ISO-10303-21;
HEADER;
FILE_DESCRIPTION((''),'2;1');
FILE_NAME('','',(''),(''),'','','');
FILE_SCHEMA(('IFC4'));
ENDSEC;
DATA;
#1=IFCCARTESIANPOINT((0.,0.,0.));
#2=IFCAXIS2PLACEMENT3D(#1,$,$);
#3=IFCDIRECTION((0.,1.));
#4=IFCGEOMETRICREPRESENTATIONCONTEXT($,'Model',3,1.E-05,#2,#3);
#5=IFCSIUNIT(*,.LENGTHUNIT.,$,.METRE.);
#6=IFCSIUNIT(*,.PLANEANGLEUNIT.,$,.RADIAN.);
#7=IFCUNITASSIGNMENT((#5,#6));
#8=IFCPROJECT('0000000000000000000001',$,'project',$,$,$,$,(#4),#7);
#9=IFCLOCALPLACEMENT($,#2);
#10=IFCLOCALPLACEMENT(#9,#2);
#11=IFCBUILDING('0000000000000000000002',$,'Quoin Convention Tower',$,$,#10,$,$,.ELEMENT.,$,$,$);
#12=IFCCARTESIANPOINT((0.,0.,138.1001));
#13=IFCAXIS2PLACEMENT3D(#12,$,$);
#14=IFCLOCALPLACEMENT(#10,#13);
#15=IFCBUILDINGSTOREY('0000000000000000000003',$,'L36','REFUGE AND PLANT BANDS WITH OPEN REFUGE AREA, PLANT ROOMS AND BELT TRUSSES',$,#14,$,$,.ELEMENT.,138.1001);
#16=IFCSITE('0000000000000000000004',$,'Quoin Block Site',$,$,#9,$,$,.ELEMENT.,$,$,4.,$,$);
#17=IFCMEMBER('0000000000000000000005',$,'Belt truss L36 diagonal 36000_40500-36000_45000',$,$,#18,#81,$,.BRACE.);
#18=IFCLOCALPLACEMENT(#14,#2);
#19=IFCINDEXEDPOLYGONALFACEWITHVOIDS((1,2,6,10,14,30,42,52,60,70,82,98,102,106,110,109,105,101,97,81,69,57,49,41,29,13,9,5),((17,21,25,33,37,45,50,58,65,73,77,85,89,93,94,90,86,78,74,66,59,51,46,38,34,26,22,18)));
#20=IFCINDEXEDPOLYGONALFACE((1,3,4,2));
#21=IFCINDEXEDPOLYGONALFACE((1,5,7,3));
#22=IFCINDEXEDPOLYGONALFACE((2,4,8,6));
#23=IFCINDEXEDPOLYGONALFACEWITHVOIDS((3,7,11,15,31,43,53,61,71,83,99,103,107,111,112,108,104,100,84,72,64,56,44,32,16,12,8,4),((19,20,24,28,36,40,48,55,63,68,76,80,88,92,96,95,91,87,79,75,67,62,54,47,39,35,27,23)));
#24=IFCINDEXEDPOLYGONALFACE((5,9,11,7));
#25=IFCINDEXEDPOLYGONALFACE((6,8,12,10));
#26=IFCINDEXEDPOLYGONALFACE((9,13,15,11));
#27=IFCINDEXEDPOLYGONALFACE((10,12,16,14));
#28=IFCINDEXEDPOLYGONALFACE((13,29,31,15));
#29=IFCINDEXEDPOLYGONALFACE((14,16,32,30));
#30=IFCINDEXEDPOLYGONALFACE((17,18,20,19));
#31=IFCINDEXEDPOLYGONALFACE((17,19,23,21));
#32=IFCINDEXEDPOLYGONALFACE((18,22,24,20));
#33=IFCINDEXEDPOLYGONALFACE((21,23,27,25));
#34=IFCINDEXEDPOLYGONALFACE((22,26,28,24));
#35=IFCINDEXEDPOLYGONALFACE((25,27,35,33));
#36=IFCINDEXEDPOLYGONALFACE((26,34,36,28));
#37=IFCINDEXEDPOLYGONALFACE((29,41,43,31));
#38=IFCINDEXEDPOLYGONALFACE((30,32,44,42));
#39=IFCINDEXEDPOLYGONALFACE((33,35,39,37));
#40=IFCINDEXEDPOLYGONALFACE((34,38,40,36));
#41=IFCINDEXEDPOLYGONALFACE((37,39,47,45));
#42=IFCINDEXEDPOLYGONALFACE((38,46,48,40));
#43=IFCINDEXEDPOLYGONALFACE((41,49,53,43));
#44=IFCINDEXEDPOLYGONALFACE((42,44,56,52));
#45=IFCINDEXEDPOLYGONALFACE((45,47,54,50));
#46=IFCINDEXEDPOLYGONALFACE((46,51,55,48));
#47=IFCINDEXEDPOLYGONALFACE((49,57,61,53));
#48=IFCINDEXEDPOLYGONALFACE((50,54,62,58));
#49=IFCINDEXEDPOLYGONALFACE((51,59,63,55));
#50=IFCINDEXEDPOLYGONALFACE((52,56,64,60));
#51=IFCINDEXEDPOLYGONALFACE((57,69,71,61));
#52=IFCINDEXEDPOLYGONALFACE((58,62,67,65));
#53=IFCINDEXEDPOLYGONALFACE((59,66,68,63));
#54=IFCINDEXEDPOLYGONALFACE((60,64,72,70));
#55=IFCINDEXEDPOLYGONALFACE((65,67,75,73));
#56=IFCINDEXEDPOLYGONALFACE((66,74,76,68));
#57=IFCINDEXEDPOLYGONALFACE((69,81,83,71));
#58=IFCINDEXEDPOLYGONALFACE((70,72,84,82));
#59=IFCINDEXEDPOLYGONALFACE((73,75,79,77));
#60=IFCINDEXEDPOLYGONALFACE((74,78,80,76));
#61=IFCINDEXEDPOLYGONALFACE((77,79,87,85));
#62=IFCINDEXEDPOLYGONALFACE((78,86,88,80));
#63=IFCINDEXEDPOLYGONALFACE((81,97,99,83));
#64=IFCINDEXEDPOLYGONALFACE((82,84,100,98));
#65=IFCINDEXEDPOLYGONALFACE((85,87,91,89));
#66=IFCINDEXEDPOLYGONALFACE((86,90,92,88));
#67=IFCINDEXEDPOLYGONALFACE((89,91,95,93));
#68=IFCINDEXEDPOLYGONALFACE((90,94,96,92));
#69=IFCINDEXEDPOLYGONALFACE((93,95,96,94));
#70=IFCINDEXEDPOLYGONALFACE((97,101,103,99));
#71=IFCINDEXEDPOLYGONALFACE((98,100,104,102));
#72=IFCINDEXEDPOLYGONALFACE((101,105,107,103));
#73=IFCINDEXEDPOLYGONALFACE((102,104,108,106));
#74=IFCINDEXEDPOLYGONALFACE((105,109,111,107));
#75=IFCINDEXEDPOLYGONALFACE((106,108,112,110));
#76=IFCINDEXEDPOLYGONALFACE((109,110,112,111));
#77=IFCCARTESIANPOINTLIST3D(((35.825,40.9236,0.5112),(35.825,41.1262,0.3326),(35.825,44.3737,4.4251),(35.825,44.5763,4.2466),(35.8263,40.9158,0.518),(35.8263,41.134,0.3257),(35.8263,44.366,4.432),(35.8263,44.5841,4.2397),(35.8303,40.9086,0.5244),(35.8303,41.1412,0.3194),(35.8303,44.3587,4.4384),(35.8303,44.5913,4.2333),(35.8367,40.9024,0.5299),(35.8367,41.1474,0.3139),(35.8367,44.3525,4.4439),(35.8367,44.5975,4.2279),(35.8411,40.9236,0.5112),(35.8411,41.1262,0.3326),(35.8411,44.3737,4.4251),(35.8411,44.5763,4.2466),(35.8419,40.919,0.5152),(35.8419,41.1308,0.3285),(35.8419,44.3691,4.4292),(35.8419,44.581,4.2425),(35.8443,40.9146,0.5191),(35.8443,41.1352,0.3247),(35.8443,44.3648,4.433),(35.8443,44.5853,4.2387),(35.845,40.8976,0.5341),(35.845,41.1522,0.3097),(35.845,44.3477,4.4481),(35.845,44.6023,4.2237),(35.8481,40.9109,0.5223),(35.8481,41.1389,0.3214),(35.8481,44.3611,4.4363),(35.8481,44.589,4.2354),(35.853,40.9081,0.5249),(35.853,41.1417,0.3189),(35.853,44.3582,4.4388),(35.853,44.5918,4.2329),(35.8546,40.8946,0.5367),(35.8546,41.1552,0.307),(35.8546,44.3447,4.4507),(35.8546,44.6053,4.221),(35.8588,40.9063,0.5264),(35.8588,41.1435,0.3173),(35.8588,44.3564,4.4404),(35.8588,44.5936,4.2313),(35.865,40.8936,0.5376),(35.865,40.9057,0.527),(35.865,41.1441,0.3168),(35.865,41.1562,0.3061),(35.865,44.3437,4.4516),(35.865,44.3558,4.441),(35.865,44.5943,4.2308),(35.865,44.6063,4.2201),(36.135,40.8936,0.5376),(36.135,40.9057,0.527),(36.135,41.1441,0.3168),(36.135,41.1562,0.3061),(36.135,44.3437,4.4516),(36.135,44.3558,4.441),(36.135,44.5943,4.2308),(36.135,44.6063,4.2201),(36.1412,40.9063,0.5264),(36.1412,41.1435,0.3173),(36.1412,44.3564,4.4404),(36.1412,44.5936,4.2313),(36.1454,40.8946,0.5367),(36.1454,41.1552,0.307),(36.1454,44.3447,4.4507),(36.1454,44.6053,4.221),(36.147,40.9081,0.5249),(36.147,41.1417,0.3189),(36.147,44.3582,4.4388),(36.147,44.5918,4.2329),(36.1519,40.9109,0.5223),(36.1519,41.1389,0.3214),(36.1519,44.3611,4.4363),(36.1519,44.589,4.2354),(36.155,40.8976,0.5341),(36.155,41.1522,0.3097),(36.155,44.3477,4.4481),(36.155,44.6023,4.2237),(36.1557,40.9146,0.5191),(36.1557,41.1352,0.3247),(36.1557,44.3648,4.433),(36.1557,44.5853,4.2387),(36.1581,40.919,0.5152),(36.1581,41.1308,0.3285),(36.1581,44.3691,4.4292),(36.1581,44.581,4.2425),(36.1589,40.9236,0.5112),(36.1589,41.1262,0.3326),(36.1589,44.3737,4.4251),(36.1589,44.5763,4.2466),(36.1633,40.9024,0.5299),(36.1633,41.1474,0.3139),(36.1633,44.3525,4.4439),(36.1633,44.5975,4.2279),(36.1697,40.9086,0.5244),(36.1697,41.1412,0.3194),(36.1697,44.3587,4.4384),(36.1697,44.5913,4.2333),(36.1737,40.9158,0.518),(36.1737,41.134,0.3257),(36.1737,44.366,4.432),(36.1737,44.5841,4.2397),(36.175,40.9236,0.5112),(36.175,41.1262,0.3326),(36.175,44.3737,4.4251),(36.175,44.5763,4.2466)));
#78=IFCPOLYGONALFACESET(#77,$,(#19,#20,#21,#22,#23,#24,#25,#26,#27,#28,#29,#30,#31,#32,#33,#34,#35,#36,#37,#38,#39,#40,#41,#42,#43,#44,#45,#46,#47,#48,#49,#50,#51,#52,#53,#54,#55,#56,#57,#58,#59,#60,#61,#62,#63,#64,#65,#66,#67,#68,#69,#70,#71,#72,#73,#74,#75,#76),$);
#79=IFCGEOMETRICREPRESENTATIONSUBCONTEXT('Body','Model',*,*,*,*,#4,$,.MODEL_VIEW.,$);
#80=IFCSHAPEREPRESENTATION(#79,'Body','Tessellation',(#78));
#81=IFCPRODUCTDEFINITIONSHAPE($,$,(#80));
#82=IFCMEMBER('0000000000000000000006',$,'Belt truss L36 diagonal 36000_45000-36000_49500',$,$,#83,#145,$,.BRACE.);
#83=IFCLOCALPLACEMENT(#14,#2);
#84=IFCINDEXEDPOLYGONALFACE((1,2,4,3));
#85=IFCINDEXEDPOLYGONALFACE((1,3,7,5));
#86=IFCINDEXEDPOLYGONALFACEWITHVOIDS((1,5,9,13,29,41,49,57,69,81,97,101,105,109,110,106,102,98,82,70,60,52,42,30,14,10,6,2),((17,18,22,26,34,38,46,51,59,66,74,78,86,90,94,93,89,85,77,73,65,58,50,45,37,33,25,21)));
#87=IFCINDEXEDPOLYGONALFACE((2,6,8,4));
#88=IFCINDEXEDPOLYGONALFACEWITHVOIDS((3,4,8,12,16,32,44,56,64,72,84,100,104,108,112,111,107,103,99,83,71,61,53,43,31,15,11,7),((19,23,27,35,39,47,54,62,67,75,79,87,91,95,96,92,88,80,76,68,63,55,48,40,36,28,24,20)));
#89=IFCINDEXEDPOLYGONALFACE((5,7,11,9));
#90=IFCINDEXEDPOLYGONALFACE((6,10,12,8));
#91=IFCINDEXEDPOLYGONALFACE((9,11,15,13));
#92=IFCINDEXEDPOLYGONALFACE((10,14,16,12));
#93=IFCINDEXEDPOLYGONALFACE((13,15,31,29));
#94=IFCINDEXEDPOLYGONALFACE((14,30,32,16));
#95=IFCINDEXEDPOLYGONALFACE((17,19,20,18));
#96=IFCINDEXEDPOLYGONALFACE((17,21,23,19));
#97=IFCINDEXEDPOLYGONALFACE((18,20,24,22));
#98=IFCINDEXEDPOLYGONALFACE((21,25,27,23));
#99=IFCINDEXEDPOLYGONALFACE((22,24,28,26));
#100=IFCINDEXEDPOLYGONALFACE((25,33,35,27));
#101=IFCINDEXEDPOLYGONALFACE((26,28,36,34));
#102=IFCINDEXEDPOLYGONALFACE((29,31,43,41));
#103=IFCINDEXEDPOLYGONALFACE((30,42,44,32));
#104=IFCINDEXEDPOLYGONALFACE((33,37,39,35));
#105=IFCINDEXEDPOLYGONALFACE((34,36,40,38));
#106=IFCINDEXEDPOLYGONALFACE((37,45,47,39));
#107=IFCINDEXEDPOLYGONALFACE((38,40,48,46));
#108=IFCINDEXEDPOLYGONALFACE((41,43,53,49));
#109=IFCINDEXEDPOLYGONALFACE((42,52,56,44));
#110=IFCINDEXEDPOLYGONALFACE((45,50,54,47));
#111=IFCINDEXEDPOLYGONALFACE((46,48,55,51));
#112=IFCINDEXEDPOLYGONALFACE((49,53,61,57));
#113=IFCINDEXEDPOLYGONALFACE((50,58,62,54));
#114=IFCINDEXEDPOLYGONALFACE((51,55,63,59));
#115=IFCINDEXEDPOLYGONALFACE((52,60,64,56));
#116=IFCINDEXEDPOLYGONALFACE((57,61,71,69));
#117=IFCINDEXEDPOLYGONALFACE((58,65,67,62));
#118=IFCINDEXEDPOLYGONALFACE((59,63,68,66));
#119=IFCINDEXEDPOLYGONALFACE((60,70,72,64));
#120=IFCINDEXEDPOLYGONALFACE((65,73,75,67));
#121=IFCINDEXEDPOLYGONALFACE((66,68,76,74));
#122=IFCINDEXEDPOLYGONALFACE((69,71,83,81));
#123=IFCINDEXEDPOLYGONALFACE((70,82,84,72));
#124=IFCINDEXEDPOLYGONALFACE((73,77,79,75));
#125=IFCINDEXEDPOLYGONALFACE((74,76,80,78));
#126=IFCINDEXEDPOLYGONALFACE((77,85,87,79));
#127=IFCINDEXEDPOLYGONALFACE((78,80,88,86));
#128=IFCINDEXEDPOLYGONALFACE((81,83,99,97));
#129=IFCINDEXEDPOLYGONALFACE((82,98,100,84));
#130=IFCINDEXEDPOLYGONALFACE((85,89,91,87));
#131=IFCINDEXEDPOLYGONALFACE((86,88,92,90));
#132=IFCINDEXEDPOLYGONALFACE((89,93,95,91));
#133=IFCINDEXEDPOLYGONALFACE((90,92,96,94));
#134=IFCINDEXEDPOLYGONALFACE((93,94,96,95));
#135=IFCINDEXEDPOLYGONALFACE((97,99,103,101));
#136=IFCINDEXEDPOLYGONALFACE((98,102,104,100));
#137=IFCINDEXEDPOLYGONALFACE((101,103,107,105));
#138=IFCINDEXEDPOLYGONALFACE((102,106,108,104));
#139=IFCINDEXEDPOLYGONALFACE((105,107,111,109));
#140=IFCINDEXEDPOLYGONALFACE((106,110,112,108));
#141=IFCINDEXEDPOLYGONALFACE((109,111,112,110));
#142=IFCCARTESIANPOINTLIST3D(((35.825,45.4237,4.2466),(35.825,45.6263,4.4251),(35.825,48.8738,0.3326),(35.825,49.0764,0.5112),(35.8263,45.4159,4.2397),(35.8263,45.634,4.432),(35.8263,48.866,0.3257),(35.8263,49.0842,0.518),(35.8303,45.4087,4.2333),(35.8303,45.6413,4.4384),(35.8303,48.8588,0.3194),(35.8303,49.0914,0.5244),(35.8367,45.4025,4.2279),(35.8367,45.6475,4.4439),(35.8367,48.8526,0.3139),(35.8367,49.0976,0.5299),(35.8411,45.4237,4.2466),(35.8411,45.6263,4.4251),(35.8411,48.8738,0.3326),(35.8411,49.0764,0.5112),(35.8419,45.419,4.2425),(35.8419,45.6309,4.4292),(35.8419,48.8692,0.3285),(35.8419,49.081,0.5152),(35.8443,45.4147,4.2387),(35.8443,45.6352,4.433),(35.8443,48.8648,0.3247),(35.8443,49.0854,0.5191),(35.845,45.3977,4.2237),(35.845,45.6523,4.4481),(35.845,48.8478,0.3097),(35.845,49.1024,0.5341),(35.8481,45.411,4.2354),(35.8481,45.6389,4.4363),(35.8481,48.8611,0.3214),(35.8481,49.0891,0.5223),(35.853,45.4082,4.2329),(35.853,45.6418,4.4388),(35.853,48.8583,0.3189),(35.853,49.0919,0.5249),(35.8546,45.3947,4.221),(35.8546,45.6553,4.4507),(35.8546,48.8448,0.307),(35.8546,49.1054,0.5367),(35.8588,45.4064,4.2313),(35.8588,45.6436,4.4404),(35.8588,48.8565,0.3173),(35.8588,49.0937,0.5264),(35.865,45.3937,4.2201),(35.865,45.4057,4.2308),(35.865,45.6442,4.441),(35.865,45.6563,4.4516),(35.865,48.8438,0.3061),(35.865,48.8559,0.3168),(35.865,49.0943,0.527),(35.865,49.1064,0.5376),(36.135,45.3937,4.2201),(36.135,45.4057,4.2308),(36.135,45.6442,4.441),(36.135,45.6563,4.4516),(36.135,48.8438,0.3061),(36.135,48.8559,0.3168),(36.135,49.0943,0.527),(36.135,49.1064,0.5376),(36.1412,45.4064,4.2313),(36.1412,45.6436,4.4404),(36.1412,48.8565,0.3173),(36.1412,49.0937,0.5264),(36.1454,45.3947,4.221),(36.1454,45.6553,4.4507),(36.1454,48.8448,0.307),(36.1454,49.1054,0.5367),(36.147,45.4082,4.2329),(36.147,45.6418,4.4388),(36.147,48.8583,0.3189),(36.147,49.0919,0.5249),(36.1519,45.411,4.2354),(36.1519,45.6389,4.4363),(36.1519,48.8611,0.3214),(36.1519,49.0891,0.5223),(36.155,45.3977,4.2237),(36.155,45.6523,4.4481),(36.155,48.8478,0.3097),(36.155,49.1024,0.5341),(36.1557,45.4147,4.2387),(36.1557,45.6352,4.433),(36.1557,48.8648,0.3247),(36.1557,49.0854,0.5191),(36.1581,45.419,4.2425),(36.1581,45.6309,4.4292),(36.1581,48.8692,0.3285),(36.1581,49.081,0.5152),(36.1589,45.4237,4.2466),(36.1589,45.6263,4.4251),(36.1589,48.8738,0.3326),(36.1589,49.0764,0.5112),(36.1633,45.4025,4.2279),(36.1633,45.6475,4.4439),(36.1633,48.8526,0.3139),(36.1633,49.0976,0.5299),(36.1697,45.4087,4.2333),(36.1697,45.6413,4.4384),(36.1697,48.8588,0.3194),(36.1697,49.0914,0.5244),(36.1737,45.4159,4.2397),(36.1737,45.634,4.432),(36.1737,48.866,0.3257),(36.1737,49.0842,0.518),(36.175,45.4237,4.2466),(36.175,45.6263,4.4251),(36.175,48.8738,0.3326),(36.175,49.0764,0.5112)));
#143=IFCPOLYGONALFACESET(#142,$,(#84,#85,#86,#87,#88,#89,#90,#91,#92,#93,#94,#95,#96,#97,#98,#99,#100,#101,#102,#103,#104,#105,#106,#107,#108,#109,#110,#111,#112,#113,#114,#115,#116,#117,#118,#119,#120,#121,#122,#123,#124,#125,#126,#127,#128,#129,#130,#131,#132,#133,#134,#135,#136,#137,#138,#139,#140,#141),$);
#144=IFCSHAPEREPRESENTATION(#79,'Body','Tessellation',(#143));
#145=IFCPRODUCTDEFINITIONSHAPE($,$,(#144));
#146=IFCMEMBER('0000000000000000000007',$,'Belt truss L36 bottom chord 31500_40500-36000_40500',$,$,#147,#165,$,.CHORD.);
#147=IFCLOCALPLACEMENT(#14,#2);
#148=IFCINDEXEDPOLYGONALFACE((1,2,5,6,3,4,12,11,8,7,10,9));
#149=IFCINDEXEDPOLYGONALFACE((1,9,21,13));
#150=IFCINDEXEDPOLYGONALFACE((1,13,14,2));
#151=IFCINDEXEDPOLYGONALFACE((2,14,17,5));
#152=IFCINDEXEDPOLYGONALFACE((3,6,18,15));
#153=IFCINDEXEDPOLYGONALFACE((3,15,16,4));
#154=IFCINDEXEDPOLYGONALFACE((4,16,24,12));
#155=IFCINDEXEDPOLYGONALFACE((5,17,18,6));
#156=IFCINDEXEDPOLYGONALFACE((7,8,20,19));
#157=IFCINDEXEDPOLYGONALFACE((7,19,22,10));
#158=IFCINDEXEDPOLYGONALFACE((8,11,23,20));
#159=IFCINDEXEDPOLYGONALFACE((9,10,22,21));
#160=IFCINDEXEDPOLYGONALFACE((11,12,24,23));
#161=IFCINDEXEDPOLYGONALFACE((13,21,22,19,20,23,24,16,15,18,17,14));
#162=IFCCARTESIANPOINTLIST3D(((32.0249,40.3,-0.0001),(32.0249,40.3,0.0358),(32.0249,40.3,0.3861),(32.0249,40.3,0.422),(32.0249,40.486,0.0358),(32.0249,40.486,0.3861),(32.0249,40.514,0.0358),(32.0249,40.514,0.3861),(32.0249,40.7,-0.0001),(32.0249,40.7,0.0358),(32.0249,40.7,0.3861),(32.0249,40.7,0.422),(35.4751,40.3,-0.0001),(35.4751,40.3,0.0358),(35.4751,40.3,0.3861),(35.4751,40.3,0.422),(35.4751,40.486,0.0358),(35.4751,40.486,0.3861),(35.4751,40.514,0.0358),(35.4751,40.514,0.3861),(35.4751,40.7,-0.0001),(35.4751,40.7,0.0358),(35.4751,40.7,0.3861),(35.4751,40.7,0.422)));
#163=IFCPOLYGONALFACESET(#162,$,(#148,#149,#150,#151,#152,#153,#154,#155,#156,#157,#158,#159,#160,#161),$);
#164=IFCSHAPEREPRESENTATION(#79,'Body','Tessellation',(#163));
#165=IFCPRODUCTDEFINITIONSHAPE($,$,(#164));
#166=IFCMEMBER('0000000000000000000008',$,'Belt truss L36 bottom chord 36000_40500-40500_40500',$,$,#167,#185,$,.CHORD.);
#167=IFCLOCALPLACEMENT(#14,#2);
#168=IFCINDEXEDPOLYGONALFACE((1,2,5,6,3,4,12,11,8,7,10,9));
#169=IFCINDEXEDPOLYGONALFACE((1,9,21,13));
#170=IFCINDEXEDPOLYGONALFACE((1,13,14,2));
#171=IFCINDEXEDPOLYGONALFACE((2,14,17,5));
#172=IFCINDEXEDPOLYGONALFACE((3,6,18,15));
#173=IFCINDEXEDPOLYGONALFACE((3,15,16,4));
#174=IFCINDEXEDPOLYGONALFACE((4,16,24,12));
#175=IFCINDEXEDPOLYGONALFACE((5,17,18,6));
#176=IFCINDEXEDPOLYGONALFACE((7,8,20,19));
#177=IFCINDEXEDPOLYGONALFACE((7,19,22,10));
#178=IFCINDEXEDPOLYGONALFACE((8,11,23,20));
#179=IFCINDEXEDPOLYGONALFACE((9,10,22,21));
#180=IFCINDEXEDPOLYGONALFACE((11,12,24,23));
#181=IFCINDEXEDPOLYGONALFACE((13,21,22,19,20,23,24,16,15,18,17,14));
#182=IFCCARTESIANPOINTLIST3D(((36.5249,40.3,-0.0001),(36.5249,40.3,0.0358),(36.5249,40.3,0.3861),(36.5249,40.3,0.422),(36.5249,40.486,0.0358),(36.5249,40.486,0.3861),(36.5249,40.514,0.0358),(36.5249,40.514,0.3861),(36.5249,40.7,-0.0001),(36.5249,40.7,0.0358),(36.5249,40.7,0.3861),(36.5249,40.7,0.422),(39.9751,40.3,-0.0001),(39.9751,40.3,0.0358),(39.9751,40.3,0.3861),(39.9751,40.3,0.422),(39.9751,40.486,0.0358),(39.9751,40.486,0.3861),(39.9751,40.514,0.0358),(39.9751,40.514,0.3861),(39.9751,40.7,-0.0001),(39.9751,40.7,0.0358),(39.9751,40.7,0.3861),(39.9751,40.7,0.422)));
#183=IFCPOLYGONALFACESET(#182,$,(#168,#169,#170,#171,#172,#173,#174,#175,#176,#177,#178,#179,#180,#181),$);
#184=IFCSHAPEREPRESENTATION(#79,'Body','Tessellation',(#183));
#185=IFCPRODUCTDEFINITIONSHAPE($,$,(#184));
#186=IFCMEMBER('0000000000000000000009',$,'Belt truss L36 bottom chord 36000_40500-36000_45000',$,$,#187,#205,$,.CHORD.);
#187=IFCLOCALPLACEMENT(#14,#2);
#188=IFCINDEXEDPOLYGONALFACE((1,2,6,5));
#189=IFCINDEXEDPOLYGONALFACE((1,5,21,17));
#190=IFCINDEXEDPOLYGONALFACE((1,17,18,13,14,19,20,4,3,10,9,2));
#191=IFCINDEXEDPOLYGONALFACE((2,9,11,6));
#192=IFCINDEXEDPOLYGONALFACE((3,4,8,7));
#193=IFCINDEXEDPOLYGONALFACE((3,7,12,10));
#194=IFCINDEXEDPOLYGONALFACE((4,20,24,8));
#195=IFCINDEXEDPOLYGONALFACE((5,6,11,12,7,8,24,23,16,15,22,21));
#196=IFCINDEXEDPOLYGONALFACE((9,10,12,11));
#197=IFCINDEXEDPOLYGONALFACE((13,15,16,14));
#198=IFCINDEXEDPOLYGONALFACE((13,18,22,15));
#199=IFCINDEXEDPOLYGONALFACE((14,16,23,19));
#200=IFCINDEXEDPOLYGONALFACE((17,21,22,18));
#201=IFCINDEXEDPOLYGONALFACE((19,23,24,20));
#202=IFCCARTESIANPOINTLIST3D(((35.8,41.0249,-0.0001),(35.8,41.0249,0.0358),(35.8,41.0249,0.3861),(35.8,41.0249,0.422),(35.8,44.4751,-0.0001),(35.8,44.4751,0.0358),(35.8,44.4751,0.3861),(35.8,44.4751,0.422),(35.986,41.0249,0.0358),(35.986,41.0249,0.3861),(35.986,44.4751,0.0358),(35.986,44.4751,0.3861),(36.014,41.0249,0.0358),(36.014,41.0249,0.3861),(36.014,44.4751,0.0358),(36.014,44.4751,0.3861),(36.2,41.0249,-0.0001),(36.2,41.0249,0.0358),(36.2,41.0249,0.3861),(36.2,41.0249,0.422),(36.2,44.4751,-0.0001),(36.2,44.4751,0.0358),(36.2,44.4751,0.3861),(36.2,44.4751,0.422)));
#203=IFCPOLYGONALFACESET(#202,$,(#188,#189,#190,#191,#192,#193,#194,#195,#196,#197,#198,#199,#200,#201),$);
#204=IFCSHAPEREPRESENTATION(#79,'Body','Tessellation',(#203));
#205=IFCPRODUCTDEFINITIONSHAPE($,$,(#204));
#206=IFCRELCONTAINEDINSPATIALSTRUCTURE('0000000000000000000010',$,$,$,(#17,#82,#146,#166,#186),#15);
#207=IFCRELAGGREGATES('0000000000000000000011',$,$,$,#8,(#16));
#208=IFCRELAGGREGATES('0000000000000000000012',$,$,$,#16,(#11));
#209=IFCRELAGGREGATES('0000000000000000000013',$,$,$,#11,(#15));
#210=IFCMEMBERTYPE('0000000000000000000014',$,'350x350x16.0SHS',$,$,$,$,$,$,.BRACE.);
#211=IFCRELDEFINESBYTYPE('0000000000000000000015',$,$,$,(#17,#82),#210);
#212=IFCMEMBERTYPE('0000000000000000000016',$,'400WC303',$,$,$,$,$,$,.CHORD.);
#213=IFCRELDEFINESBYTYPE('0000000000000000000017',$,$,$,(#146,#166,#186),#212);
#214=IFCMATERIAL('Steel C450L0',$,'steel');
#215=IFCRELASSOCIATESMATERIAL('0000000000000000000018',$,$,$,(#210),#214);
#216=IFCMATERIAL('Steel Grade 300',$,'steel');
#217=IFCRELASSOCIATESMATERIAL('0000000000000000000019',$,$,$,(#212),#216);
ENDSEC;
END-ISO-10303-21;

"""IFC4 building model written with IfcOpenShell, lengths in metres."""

from ifc_helpers import new_model, si_unit, direction, frame, origin, origin_2d, place, context, subcontext, project, spatial, hollow_rectangle, i_section, extrude, material, material_profile, profile_set, type_object, element, save


model = new_model("IFC4")

# Units and contexts
model_context = context("Model", 3, precision=1e-05, world=origin(), true_north=direction((0.0, 1.0)))
body_context = subcontext(model_context, "Body", "Model", "MODEL_VIEW")
ifc_project = project(units=[si_unit("LENGTHUNIT", "METRE"), si_unit("PLANEANGLEUNIT", "RADIAN")], contexts=[model_context])

# Site, building, storey
site_placement = place(None, origin())
site = spatial("IfcSite", under=ifc_project, at=site_placement, Name="Quoin Block Site", CompositionType="ELEMENT", RefElevation=4.0)
building_placement = place(site_placement, origin())
building = spatial("IfcBuilding", under=site, at=building_placement, Name="Quoin Convention Tower", CompositionType="ELEMENT")
storey_placement = place(building_placement, frame((0.0, 0.0, 138.1001)))
storey = spatial("IfcBuildingStorey", under=building, at=storey_placement, Name="L36", Description="REFUGE AND PLANT BANDS WITH OPEN REFUGE AREA, PLANT ROOMS AND BELT TRUSSES", CompositionType="ELEMENT", Elevation=138.1001)

# Members
ifc_material_1 = material(Name="Steel C450L0", Category="steel")
ifc_material_profile_1 = material_profile(ifc_material_1, hollow_rectangle(XDim=0.3501, YDim=0.3501, WallThickness=0.0161, InnerFilletRadius=0.0239, OuterFilletRadius=0.04, at=origin_2d()), Name="350x350x16.0SHS")
ifc_profile_set_1 = profile_set([ifc_material_profile_1], Name="Steel C450L0")
member_type_1 = type_object("IfcMemberType", Name="350x350x16.0SHS", PredefinedType="BRACE", material=ifc_profile_set_1)
for number, where, z_axis, x_axis, name in (
    (1, (36.0, 41.0249, 0.4219), (0.0, 0.661256, 0.75016), (-1.0, 0.0, 0.0), "Belt truss L36 diagonal 36000_40500-36000_45000"),
    (2, (36.0, 48.9751, 0.4219), (0.0, -0.661256, 0.75016), (1.0, 0.0, 0.0), "Belt truss L36 diagonal 36000_45000-36000_49500"),
):
    element("IfcMember", number, at=place(storey_placement, frame(where, z_axis=z_axis, x_axis=x_axis)), inside=storey, type_object=member_type_1, Name=name, PredefinedType="BRACE", context=body_context, shape_type="SweptSolid", body=[
        extrude(hollow_rectangle(XDim=0.3501, YDim=0.3501, WallThickness=0.0161, InnerFilletRadius=0.0239, OuterFilletRadius=0.04, at=origin_2d()), origin(), (0.0, 0.0, 1.0), 5.2175),
    ])
ifc_material_2 = material(Name="Steel Grade 300", Category="steel")
ifc_material_profile_2 = material_profile(ifc_material_2, i_section(OverallWidth=0.3999, OverallDepth=0.4221, WebThickness=0.0281, FlangeThickness=0.0359, at=origin_2d()), Name="400WC303")
ifc_profile_set_2 = profile_set([ifc_material_profile_2], Name="Steel Grade 300")
member_type_2 = type_object("IfcMemberType", Name="400WC303", PredefinedType="CHORD", material=ifc_profile_set_2)
for number, where, z_axis, x_axis, name in (
    (3, (32.0249, 40.5, 0.2109), (1.0, 0.0, 0.0), (0.0, 1.0, 0.0), "Belt truss L36 bottom chord 31500_40500-36000_40500"),
    (4, (36.5249, 40.5, 0.2109), (1.0, 0.0, 0.0), (0.0, 1.0, 0.0), "Belt truss L36 bottom chord 36000_40500-40500_40500"),
    (5, (36.0, 41.0249, 0.2109), (0.0, 1.0, 0.0), (-1.0, 0.0, 0.0), "Belt truss L36 bottom chord 36000_40500-36000_45000"),
):
    element("IfcMember", number, at=place(storey_placement, frame(where, z_axis=z_axis, x_axis=x_axis)), inside=storey, type_object=member_type_2, Name=name, PredefinedType="CHORD", context=body_context, shape_type="SweptSolid", body=[
        extrude(i_section(OverallWidth=0.3999, OverallDepth=0.4221, WebThickness=0.0281, FlangeThickness=0.0359, at=origin_2d()), origin(), (0.0, 0.0, 1.0), 3.4502),
    ])

save(model, "model.ifc")
